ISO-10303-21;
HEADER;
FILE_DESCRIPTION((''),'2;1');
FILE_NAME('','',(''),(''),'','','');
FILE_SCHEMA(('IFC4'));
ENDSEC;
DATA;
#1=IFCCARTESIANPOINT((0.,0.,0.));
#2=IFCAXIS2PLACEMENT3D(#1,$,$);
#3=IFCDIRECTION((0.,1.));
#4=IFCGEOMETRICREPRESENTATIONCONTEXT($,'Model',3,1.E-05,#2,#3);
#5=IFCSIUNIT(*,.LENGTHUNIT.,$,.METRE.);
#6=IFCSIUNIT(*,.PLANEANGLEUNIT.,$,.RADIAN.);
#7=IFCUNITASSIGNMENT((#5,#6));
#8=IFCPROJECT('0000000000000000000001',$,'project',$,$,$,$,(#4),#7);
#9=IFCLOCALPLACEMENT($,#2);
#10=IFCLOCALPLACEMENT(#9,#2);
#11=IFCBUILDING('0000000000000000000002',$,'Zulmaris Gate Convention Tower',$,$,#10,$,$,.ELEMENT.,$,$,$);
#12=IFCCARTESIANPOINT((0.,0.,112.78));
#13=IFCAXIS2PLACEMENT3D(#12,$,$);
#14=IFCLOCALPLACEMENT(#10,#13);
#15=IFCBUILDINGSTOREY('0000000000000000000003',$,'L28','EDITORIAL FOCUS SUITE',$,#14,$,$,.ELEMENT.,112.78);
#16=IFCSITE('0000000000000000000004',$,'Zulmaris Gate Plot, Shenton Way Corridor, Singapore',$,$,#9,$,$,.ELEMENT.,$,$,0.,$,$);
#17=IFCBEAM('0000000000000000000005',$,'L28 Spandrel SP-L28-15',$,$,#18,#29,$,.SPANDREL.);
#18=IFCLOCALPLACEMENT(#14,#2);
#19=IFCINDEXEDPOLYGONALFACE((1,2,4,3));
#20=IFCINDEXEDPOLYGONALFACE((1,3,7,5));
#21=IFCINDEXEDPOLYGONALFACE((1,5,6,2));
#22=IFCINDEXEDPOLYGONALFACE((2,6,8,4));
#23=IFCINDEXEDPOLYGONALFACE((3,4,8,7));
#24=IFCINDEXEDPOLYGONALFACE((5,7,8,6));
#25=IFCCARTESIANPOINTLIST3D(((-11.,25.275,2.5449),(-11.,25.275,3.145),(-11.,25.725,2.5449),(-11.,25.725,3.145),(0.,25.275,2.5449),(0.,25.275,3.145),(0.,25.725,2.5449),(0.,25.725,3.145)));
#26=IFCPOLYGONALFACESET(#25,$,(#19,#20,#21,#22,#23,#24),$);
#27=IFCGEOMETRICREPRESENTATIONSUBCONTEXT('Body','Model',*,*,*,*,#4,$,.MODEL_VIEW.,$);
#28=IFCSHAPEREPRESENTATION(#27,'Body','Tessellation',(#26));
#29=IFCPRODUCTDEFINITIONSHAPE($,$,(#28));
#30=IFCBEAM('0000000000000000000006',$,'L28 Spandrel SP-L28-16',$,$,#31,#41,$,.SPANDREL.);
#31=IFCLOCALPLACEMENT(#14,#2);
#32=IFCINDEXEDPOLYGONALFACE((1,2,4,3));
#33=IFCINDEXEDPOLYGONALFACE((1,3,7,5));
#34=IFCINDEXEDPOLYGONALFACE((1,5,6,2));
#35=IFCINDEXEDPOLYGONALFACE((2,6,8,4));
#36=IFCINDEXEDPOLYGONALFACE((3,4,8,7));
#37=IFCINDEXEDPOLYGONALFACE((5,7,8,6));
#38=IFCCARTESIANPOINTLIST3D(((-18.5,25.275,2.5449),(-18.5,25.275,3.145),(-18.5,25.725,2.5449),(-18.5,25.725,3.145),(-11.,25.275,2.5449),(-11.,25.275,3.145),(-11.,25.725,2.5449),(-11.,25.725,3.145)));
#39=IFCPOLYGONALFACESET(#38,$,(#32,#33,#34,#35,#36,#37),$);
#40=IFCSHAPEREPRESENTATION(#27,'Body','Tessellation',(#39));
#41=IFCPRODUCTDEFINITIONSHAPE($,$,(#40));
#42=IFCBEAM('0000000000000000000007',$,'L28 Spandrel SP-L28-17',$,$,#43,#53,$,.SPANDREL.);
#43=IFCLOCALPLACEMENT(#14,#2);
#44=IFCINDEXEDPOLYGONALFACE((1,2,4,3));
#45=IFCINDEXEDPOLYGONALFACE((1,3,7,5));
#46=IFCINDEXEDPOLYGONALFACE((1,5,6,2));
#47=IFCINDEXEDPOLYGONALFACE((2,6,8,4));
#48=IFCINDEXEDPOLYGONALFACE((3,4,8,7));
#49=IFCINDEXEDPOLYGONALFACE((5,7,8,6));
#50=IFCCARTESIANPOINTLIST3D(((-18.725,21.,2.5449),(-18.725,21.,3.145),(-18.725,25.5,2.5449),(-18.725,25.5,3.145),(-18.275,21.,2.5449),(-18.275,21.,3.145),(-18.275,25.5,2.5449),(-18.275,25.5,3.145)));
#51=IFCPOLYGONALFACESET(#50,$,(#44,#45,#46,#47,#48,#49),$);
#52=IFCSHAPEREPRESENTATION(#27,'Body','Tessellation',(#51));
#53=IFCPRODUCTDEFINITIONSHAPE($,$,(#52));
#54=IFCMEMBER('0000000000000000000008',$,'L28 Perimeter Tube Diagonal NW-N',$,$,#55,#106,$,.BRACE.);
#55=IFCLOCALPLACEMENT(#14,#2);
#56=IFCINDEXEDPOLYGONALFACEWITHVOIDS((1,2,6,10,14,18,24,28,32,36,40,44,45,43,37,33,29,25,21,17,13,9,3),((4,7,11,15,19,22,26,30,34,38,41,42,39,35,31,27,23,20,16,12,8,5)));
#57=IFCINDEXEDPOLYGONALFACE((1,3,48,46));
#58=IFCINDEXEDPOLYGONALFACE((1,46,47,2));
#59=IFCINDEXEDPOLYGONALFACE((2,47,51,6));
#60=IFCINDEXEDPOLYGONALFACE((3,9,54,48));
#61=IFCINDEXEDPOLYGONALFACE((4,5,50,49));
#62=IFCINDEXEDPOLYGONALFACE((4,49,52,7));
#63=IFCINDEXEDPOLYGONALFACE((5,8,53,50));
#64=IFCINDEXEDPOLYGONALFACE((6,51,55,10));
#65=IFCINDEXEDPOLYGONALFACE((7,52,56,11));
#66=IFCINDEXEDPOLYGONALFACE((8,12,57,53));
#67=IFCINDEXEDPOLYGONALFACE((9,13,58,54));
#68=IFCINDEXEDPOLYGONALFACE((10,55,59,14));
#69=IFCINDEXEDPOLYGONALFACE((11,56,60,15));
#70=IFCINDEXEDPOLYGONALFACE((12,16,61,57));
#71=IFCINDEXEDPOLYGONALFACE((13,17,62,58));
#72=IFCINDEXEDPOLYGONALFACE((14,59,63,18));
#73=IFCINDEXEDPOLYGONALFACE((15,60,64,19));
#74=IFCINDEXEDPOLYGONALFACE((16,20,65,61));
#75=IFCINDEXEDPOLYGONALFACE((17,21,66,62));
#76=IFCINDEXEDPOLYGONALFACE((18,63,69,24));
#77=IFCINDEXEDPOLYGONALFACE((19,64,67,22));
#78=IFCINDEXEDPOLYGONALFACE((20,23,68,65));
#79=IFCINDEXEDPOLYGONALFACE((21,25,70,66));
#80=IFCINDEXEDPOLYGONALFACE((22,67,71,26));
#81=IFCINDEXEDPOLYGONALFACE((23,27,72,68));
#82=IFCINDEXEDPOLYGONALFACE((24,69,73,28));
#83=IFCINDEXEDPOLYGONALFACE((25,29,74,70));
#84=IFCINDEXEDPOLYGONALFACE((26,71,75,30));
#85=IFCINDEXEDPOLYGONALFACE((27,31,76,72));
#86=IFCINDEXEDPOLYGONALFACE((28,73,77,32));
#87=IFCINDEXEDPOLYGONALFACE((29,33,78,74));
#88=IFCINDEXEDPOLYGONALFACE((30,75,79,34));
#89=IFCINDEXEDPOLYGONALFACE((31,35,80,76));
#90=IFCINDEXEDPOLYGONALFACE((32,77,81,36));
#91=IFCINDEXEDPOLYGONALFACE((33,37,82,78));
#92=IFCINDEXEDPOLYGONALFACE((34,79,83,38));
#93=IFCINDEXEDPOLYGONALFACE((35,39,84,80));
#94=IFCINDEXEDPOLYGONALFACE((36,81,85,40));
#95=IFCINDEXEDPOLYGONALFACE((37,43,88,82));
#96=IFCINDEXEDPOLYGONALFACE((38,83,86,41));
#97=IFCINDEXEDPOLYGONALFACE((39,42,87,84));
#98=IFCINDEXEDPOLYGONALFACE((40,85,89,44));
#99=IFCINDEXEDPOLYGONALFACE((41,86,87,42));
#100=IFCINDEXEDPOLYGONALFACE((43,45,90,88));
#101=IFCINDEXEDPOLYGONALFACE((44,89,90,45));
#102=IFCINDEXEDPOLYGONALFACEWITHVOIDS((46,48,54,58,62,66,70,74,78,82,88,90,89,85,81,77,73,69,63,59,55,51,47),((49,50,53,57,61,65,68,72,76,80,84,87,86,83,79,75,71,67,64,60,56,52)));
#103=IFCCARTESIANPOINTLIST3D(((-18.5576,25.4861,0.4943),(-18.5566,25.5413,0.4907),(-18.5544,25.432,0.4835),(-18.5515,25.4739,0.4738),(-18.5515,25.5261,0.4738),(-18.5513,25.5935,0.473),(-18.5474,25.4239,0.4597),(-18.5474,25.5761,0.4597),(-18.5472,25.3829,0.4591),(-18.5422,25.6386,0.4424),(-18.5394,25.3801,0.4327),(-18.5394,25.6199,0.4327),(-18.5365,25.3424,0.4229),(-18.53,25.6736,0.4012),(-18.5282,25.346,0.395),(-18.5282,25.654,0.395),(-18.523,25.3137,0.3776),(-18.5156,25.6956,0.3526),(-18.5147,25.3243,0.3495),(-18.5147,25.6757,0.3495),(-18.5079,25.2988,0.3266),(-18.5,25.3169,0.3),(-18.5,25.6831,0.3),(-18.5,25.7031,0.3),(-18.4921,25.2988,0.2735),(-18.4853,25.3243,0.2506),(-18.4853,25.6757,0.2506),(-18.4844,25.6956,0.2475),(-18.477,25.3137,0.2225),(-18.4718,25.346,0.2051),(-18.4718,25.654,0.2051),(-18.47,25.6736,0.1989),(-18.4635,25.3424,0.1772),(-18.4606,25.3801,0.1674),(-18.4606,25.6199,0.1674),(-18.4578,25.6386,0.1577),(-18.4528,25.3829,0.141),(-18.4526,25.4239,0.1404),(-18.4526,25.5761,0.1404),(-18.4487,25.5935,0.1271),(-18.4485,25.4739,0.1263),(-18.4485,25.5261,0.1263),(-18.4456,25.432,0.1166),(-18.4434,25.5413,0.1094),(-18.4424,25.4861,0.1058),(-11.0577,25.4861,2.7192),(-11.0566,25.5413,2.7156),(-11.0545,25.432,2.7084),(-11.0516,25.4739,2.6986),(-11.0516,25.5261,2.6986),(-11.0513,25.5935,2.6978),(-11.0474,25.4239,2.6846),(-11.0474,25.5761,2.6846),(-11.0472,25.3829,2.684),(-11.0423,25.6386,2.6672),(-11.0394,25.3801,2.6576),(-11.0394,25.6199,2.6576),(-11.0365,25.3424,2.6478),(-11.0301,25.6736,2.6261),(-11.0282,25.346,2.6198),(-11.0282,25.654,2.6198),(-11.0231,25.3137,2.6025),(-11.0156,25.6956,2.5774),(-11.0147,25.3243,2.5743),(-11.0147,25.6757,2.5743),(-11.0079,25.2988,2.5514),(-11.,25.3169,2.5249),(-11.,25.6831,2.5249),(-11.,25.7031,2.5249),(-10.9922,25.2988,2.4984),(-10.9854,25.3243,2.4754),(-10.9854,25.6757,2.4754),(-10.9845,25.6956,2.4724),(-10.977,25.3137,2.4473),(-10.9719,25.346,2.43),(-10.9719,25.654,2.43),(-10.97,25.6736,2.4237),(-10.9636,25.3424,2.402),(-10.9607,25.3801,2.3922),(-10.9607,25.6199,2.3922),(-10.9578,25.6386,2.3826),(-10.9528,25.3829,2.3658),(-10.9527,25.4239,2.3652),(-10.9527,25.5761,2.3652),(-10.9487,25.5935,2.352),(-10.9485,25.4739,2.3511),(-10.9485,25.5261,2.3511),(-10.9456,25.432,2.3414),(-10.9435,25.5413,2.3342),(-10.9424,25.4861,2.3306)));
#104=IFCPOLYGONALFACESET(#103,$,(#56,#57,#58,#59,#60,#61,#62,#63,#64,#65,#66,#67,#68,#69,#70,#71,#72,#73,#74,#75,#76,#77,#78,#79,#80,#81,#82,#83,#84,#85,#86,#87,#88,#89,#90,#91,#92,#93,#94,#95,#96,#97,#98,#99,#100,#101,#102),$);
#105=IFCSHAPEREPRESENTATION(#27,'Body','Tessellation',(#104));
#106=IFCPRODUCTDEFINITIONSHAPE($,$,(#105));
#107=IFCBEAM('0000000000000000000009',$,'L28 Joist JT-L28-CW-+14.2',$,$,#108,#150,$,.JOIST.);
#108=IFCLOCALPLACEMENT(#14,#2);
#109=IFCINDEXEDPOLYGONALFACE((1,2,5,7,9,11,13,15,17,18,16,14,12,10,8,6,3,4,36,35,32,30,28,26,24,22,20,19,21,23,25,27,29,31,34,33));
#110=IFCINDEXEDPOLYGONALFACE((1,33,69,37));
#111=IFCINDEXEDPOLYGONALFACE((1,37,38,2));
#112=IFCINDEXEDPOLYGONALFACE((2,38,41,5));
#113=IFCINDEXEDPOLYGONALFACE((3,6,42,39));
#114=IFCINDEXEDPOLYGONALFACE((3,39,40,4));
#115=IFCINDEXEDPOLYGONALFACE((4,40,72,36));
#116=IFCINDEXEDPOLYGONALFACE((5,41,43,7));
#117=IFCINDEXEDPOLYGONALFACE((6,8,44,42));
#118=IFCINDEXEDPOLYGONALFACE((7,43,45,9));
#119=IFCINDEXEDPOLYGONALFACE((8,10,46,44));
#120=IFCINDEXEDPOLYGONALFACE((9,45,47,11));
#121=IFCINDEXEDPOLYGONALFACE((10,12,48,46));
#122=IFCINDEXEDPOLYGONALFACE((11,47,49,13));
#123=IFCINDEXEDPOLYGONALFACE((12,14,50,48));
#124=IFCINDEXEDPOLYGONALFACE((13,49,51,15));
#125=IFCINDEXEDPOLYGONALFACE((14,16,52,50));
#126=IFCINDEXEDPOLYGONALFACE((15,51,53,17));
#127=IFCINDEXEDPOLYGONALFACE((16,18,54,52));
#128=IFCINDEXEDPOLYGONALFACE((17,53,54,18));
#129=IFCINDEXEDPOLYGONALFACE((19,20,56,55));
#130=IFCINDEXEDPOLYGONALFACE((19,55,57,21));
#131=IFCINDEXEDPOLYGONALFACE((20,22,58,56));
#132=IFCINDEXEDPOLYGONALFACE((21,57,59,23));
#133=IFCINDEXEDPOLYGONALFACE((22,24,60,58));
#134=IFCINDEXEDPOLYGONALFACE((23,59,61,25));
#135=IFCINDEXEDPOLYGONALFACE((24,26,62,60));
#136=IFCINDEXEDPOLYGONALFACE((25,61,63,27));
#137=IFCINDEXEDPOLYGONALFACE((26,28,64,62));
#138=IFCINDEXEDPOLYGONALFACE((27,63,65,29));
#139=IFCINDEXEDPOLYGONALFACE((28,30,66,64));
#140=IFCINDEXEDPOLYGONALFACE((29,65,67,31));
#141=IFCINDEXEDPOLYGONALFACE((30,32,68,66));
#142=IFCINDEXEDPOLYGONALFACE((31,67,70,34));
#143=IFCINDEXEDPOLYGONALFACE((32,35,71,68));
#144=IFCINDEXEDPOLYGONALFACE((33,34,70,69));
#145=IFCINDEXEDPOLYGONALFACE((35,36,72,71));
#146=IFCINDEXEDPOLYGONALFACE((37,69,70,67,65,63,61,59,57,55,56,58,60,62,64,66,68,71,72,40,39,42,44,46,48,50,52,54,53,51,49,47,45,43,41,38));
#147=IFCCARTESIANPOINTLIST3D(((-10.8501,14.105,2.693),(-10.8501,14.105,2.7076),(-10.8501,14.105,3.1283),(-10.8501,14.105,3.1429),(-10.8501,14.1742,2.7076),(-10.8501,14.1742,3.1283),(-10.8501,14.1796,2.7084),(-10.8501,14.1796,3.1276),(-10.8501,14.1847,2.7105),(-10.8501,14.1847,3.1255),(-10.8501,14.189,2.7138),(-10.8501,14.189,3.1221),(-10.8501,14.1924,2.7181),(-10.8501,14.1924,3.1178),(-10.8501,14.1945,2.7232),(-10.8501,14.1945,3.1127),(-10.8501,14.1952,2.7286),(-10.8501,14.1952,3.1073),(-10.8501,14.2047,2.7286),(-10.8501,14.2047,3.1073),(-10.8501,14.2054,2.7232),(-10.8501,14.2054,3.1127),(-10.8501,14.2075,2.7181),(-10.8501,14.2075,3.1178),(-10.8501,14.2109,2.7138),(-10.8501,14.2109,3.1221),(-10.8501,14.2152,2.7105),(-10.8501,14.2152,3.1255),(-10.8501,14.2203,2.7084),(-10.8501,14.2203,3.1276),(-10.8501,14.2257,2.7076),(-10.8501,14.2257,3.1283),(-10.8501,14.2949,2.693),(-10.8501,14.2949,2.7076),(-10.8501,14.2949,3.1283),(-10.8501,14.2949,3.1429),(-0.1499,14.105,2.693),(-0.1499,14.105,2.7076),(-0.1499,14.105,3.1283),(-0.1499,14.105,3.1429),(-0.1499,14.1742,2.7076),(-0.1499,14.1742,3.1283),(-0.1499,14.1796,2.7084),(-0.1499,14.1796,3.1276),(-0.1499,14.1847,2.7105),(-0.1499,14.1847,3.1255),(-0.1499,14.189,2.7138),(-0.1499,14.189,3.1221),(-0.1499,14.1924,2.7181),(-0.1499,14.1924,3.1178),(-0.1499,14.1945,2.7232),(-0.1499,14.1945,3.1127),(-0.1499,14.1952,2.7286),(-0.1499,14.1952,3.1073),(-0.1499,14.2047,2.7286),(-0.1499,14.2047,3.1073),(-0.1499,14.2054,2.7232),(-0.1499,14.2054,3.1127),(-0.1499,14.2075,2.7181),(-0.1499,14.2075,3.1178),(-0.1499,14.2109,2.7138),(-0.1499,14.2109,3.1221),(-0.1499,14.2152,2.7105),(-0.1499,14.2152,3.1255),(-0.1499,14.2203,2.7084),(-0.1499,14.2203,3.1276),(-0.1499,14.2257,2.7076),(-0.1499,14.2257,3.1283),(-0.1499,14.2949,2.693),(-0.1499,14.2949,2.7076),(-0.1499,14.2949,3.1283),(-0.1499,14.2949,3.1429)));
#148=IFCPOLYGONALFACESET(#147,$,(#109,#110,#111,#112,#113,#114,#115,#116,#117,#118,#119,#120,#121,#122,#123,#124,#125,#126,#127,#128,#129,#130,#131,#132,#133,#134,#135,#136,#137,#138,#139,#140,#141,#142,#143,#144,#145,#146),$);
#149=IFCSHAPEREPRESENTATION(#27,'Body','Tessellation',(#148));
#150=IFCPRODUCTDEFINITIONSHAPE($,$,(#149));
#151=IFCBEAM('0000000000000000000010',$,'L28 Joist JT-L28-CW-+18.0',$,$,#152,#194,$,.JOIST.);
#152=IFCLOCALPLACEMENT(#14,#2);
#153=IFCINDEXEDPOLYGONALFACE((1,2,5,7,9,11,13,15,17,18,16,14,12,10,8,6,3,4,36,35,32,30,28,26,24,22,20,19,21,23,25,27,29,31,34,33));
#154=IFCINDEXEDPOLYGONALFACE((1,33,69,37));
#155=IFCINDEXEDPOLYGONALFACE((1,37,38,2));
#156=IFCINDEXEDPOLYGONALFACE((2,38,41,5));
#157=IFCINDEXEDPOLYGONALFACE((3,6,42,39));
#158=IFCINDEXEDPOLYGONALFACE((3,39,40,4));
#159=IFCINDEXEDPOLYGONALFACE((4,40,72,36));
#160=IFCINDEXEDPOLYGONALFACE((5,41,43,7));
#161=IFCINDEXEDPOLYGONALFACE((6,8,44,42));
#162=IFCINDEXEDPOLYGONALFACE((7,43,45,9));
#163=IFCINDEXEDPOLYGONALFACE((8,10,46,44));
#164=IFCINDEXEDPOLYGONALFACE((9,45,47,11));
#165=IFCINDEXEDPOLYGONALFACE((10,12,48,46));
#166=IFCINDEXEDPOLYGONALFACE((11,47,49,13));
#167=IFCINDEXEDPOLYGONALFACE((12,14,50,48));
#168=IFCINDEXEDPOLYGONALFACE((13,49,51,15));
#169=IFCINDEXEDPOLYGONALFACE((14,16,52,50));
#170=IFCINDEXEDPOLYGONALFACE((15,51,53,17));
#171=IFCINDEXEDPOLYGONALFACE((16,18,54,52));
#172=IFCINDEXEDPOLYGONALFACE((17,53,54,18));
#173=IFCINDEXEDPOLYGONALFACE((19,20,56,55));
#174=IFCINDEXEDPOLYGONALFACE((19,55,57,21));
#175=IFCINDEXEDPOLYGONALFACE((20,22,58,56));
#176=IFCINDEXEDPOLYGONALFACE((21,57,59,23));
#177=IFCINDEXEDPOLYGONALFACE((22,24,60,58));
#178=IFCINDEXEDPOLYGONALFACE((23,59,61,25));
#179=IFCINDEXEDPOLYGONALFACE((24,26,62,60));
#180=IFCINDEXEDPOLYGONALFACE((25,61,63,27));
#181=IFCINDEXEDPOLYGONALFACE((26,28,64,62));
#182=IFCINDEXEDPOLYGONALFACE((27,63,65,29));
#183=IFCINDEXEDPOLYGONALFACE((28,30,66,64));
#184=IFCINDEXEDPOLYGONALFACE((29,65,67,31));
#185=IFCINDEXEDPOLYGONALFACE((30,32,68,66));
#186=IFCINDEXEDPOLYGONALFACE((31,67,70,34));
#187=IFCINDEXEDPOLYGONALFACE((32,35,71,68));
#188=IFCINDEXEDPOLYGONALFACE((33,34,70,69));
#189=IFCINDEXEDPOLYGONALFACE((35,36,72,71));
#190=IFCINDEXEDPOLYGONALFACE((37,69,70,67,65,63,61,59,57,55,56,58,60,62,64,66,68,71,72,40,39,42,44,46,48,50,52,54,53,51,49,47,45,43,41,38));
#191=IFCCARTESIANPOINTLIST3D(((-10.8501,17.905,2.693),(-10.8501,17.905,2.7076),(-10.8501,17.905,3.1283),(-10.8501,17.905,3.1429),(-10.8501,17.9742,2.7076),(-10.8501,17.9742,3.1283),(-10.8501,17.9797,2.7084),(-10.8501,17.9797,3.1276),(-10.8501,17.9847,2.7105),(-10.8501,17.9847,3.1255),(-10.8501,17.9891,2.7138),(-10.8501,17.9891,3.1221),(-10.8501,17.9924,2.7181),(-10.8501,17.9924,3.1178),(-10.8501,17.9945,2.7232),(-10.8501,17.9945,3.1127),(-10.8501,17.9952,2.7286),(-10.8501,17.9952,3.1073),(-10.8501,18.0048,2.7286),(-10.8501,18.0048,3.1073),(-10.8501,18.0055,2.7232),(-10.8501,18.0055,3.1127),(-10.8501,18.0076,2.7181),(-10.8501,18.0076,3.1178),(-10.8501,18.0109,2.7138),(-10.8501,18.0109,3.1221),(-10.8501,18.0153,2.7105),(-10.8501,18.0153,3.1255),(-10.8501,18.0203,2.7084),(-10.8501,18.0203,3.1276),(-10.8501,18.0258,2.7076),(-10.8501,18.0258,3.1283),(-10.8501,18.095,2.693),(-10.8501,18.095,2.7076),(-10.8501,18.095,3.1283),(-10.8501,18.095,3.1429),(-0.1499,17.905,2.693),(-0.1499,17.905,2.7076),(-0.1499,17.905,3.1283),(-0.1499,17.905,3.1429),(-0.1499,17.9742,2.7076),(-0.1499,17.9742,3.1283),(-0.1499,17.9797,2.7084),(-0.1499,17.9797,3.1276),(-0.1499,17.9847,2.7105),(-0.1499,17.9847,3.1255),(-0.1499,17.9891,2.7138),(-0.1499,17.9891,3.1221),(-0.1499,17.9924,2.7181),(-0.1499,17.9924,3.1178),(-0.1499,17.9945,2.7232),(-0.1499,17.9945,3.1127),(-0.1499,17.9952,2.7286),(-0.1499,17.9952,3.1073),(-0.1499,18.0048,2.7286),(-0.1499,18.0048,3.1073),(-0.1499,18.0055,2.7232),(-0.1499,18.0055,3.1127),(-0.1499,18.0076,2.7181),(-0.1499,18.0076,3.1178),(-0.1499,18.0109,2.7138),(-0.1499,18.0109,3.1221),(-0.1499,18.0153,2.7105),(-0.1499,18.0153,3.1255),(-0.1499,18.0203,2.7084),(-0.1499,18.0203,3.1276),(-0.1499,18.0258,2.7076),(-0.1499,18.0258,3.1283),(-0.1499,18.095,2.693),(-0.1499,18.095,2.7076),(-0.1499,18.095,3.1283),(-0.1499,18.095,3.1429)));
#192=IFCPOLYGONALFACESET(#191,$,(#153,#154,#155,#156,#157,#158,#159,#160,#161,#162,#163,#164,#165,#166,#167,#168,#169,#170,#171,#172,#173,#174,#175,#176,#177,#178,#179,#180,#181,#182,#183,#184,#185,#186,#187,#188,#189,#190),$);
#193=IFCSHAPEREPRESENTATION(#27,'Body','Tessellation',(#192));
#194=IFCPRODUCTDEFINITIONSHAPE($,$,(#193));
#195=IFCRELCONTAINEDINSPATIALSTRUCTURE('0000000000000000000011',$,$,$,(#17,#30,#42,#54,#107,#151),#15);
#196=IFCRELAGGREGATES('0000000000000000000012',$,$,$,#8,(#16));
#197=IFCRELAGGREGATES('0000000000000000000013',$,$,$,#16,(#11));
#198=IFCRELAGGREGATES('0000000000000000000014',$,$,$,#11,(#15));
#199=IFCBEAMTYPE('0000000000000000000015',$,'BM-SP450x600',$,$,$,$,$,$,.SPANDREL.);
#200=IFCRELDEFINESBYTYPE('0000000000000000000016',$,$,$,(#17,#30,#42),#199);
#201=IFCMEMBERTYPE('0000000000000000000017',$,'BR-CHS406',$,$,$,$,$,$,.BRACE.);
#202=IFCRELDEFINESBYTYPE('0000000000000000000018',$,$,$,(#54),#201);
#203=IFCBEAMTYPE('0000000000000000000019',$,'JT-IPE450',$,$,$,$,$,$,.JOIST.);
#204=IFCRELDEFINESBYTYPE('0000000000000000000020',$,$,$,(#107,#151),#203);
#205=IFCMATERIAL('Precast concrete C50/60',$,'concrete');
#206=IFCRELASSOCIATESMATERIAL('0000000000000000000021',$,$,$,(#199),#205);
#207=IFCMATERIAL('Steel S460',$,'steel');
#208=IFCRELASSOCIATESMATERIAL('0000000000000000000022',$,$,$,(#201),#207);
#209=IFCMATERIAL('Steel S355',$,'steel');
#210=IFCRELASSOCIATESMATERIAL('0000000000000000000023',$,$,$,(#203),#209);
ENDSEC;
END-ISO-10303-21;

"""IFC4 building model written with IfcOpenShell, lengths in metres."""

from ifc_helpers import new_model, si_unit, direction, frame, origin, origin_2d, place, context, subcontext, project, spatial, rectangle, hollow_circle, i_section, extrude, material, material_profile, profile_set, type_object, element, save


model = new_model("IFC4")

# Units and contexts
model_context = context("Model", 3, precision=1e-05, world=origin(), true_north=direction((0.0, 1.0)))
body_context = subcontext(model_context, "Body", "Model", "MODEL_VIEW")
ifc_project = project(units=[si_unit("LENGTHUNIT", "METRE"), si_unit("PLANEANGLEUNIT", "RADIAN")], contexts=[model_context])

# Site, building, storey
site_placement = place(None, origin())
site = spatial("IfcSite", under=ifc_project, at=site_placement, Name="Zulmaris Gate Plot, Shenton Way Corridor, Singapore", CompositionType="ELEMENT", RefElevation=0.0)
building_placement = place(site_placement, origin())
building = spatial("IfcBuilding", under=site, at=building_placement, Name="Zulmaris Gate Convention Tower", CompositionType="ELEMENT")
storey_placement = place(building_placement, frame((0.0, 0.0, 112.78)))
storey = spatial("IfcBuildingStorey", under=building, at=storey_placement, Name="L28", Description="EDITORIAL FOCUS SUITE", CompositionType="ELEMENT", Elevation=112.78)

# Beams
ifc_material_1 = material(Name="Steel S355", Category="steel")
ifc_material_2 = material(Name="Precast concrete C50/60", Category="concrete")
ifc_material_profile_1 = material_profile(ifc_material_2, rectangle(XDim=0.45, YDim=0.6001, at=origin_2d()), Name="RC SPANDREL 450x600")
ifc_profile_set_1 = profile_set([ifc_material_profile_1], Name="Precast concrete C50/60")
beam_type_1 = type_object("IfcBeamType", Name="BM-SP450x600", PredefinedType="SPANDREL", material=ifc_profile_set_1)
beam_1_placement = place(storey_placement, frame((0.0, 25.5, 2.845), z_axis=(-1.0, 0.0, 0.0), x_axis=(0.0, -1.0, 0.0)))
element("IfcBeam", 1, at=beam_1_placement, inside=storey, type_object=beam_type_1, Name="L28 Spandrel SP-L28-15", PredefinedType="SPANDREL", context=body_context, shape_type="SweptSolid", body=[
    extrude(rectangle(XDim=0.45, YDim=0.6001, at=origin_2d()), origin(), (0.0, 0.0, 1.0), 11.0),
])
beam_2_placement = place(storey_placement, frame((-11.0, 25.5, 2.845), z_axis=(-1.0, 0.0, 0.0), x_axis=(0.0, -1.0, 0.0)))
element("IfcBeam", 2, at=beam_2_placement, inside=storey, type_object=beam_type_1, Name="L28 Spandrel SP-L28-16", PredefinedType="SPANDREL", context=body_context, shape_type="SweptSolid", body=[
    extrude(rectangle(XDim=0.45, YDim=0.6001, at=origin_2d()), origin(), (0.0, 0.0, 1.0), 7.5),
])
beam_3_placement = place(storey_placement, frame((-18.5, 25.5, 2.845), z_axis=(0.0, -1.0, 0.0), x_axis=(1.0, 0.0, 0.0)))
element("IfcBeam", 3, at=beam_3_placement, inside=storey, type_object=beam_type_1, Name="L28 Spandrel SP-L28-17", PredefinedType="SPANDREL", context=body_context, shape_type="SweptSolid", body=[
    extrude(rectangle(XDim=0.45, YDim=0.6001, at=origin_2d()), origin(), (0.0, 0.0, 1.0), 4.5),
])

# Member
ifc_material_3 = material(Name="Steel S460", Category="steel")
ifc_material_profile_2 = material_profile(ifc_material_3, hollow_circle(Radius=0.2031, WallThickness=0.02, at=origin_2d()), Name="CHS 406.4x20")
ifc_profile_set_2 = profile_set([ifc_material_profile_2], Name="Steel S460")
member_type = type_object("IfcMemberType", Name="BR-CHS406", PredefinedType="BRACE", material=ifc_profile_set_2)
member_placement = place(storey_placement, frame((-18.5, 25.5, 0.3), z_axis=(0.958706, 0.0, 0.284398), x_axis=(0.0, 1.0, 0.0)))
element("IfcMember", 4, at=member_placement, inside=storey, type_object=member_type, Name="L28 Perimeter Tube Diagonal NW-N", PredefinedType="BRACE", context=body_context, shape_type="SweptSolid", body=[
    extrude(hollow_circle(Radius=0.2031, WallThickness=0.02, at=origin_2d()), origin(), (0.0, 0.0, 1.0), 7.823),
])

# Beams
ifc_material_profile_3 = material_profile(ifc_material_1, i_section(OverallWidth=0.1899, OverallDepth=0.45, WebThickness=0.0095, FlangeThickness=0.0146, FilletRadius=0.021, at=origin_2d()), Name="IPE 450")
ifc_profile_set_3 = profile_set([ifc_material_profile_3], Name="Steel S355")
beam_type_2 = type_object("IfcBeamType", Name="JT-IPE450", PredefinedType="JOIST", material=ifc_profile_set_3)
for number, where, z_axis, x_axis, name in (
    (5, (-10.8501, 14.2, 2.918), (1.0, 0.0, 0.0), (0.0, 1.0, 0.0), "L28 Joist JT-L28-CW-+14.2"),
    (6, (-10.8501, 18.0, 2.918), (1.0, 0.0, 0.0), (0.0, 1.0, 0.0), "L28 Joist JT-L28-CW-+18.0"),
):
    element("IfcBeam", number, at=place(storey_placement, frame(where, z_axis=z_axis, x_axis=x_axis)), inside=storey, type_object=beam_type_2, Name=name, PredefinedType="JOIST", context=body_context, shape_type="SweptSolid", body=[
        extrude(i_section(OverallWidth=0.1899, OverallDepth=0.45, WebThickness=0.0095, FlangeThickness=0.0146, FilletRadius=0.021, at=origin_2d()), origin(), (0.0, 0.0, 1.0), 10.7002),
    ])

save(model, "model.ifc")
